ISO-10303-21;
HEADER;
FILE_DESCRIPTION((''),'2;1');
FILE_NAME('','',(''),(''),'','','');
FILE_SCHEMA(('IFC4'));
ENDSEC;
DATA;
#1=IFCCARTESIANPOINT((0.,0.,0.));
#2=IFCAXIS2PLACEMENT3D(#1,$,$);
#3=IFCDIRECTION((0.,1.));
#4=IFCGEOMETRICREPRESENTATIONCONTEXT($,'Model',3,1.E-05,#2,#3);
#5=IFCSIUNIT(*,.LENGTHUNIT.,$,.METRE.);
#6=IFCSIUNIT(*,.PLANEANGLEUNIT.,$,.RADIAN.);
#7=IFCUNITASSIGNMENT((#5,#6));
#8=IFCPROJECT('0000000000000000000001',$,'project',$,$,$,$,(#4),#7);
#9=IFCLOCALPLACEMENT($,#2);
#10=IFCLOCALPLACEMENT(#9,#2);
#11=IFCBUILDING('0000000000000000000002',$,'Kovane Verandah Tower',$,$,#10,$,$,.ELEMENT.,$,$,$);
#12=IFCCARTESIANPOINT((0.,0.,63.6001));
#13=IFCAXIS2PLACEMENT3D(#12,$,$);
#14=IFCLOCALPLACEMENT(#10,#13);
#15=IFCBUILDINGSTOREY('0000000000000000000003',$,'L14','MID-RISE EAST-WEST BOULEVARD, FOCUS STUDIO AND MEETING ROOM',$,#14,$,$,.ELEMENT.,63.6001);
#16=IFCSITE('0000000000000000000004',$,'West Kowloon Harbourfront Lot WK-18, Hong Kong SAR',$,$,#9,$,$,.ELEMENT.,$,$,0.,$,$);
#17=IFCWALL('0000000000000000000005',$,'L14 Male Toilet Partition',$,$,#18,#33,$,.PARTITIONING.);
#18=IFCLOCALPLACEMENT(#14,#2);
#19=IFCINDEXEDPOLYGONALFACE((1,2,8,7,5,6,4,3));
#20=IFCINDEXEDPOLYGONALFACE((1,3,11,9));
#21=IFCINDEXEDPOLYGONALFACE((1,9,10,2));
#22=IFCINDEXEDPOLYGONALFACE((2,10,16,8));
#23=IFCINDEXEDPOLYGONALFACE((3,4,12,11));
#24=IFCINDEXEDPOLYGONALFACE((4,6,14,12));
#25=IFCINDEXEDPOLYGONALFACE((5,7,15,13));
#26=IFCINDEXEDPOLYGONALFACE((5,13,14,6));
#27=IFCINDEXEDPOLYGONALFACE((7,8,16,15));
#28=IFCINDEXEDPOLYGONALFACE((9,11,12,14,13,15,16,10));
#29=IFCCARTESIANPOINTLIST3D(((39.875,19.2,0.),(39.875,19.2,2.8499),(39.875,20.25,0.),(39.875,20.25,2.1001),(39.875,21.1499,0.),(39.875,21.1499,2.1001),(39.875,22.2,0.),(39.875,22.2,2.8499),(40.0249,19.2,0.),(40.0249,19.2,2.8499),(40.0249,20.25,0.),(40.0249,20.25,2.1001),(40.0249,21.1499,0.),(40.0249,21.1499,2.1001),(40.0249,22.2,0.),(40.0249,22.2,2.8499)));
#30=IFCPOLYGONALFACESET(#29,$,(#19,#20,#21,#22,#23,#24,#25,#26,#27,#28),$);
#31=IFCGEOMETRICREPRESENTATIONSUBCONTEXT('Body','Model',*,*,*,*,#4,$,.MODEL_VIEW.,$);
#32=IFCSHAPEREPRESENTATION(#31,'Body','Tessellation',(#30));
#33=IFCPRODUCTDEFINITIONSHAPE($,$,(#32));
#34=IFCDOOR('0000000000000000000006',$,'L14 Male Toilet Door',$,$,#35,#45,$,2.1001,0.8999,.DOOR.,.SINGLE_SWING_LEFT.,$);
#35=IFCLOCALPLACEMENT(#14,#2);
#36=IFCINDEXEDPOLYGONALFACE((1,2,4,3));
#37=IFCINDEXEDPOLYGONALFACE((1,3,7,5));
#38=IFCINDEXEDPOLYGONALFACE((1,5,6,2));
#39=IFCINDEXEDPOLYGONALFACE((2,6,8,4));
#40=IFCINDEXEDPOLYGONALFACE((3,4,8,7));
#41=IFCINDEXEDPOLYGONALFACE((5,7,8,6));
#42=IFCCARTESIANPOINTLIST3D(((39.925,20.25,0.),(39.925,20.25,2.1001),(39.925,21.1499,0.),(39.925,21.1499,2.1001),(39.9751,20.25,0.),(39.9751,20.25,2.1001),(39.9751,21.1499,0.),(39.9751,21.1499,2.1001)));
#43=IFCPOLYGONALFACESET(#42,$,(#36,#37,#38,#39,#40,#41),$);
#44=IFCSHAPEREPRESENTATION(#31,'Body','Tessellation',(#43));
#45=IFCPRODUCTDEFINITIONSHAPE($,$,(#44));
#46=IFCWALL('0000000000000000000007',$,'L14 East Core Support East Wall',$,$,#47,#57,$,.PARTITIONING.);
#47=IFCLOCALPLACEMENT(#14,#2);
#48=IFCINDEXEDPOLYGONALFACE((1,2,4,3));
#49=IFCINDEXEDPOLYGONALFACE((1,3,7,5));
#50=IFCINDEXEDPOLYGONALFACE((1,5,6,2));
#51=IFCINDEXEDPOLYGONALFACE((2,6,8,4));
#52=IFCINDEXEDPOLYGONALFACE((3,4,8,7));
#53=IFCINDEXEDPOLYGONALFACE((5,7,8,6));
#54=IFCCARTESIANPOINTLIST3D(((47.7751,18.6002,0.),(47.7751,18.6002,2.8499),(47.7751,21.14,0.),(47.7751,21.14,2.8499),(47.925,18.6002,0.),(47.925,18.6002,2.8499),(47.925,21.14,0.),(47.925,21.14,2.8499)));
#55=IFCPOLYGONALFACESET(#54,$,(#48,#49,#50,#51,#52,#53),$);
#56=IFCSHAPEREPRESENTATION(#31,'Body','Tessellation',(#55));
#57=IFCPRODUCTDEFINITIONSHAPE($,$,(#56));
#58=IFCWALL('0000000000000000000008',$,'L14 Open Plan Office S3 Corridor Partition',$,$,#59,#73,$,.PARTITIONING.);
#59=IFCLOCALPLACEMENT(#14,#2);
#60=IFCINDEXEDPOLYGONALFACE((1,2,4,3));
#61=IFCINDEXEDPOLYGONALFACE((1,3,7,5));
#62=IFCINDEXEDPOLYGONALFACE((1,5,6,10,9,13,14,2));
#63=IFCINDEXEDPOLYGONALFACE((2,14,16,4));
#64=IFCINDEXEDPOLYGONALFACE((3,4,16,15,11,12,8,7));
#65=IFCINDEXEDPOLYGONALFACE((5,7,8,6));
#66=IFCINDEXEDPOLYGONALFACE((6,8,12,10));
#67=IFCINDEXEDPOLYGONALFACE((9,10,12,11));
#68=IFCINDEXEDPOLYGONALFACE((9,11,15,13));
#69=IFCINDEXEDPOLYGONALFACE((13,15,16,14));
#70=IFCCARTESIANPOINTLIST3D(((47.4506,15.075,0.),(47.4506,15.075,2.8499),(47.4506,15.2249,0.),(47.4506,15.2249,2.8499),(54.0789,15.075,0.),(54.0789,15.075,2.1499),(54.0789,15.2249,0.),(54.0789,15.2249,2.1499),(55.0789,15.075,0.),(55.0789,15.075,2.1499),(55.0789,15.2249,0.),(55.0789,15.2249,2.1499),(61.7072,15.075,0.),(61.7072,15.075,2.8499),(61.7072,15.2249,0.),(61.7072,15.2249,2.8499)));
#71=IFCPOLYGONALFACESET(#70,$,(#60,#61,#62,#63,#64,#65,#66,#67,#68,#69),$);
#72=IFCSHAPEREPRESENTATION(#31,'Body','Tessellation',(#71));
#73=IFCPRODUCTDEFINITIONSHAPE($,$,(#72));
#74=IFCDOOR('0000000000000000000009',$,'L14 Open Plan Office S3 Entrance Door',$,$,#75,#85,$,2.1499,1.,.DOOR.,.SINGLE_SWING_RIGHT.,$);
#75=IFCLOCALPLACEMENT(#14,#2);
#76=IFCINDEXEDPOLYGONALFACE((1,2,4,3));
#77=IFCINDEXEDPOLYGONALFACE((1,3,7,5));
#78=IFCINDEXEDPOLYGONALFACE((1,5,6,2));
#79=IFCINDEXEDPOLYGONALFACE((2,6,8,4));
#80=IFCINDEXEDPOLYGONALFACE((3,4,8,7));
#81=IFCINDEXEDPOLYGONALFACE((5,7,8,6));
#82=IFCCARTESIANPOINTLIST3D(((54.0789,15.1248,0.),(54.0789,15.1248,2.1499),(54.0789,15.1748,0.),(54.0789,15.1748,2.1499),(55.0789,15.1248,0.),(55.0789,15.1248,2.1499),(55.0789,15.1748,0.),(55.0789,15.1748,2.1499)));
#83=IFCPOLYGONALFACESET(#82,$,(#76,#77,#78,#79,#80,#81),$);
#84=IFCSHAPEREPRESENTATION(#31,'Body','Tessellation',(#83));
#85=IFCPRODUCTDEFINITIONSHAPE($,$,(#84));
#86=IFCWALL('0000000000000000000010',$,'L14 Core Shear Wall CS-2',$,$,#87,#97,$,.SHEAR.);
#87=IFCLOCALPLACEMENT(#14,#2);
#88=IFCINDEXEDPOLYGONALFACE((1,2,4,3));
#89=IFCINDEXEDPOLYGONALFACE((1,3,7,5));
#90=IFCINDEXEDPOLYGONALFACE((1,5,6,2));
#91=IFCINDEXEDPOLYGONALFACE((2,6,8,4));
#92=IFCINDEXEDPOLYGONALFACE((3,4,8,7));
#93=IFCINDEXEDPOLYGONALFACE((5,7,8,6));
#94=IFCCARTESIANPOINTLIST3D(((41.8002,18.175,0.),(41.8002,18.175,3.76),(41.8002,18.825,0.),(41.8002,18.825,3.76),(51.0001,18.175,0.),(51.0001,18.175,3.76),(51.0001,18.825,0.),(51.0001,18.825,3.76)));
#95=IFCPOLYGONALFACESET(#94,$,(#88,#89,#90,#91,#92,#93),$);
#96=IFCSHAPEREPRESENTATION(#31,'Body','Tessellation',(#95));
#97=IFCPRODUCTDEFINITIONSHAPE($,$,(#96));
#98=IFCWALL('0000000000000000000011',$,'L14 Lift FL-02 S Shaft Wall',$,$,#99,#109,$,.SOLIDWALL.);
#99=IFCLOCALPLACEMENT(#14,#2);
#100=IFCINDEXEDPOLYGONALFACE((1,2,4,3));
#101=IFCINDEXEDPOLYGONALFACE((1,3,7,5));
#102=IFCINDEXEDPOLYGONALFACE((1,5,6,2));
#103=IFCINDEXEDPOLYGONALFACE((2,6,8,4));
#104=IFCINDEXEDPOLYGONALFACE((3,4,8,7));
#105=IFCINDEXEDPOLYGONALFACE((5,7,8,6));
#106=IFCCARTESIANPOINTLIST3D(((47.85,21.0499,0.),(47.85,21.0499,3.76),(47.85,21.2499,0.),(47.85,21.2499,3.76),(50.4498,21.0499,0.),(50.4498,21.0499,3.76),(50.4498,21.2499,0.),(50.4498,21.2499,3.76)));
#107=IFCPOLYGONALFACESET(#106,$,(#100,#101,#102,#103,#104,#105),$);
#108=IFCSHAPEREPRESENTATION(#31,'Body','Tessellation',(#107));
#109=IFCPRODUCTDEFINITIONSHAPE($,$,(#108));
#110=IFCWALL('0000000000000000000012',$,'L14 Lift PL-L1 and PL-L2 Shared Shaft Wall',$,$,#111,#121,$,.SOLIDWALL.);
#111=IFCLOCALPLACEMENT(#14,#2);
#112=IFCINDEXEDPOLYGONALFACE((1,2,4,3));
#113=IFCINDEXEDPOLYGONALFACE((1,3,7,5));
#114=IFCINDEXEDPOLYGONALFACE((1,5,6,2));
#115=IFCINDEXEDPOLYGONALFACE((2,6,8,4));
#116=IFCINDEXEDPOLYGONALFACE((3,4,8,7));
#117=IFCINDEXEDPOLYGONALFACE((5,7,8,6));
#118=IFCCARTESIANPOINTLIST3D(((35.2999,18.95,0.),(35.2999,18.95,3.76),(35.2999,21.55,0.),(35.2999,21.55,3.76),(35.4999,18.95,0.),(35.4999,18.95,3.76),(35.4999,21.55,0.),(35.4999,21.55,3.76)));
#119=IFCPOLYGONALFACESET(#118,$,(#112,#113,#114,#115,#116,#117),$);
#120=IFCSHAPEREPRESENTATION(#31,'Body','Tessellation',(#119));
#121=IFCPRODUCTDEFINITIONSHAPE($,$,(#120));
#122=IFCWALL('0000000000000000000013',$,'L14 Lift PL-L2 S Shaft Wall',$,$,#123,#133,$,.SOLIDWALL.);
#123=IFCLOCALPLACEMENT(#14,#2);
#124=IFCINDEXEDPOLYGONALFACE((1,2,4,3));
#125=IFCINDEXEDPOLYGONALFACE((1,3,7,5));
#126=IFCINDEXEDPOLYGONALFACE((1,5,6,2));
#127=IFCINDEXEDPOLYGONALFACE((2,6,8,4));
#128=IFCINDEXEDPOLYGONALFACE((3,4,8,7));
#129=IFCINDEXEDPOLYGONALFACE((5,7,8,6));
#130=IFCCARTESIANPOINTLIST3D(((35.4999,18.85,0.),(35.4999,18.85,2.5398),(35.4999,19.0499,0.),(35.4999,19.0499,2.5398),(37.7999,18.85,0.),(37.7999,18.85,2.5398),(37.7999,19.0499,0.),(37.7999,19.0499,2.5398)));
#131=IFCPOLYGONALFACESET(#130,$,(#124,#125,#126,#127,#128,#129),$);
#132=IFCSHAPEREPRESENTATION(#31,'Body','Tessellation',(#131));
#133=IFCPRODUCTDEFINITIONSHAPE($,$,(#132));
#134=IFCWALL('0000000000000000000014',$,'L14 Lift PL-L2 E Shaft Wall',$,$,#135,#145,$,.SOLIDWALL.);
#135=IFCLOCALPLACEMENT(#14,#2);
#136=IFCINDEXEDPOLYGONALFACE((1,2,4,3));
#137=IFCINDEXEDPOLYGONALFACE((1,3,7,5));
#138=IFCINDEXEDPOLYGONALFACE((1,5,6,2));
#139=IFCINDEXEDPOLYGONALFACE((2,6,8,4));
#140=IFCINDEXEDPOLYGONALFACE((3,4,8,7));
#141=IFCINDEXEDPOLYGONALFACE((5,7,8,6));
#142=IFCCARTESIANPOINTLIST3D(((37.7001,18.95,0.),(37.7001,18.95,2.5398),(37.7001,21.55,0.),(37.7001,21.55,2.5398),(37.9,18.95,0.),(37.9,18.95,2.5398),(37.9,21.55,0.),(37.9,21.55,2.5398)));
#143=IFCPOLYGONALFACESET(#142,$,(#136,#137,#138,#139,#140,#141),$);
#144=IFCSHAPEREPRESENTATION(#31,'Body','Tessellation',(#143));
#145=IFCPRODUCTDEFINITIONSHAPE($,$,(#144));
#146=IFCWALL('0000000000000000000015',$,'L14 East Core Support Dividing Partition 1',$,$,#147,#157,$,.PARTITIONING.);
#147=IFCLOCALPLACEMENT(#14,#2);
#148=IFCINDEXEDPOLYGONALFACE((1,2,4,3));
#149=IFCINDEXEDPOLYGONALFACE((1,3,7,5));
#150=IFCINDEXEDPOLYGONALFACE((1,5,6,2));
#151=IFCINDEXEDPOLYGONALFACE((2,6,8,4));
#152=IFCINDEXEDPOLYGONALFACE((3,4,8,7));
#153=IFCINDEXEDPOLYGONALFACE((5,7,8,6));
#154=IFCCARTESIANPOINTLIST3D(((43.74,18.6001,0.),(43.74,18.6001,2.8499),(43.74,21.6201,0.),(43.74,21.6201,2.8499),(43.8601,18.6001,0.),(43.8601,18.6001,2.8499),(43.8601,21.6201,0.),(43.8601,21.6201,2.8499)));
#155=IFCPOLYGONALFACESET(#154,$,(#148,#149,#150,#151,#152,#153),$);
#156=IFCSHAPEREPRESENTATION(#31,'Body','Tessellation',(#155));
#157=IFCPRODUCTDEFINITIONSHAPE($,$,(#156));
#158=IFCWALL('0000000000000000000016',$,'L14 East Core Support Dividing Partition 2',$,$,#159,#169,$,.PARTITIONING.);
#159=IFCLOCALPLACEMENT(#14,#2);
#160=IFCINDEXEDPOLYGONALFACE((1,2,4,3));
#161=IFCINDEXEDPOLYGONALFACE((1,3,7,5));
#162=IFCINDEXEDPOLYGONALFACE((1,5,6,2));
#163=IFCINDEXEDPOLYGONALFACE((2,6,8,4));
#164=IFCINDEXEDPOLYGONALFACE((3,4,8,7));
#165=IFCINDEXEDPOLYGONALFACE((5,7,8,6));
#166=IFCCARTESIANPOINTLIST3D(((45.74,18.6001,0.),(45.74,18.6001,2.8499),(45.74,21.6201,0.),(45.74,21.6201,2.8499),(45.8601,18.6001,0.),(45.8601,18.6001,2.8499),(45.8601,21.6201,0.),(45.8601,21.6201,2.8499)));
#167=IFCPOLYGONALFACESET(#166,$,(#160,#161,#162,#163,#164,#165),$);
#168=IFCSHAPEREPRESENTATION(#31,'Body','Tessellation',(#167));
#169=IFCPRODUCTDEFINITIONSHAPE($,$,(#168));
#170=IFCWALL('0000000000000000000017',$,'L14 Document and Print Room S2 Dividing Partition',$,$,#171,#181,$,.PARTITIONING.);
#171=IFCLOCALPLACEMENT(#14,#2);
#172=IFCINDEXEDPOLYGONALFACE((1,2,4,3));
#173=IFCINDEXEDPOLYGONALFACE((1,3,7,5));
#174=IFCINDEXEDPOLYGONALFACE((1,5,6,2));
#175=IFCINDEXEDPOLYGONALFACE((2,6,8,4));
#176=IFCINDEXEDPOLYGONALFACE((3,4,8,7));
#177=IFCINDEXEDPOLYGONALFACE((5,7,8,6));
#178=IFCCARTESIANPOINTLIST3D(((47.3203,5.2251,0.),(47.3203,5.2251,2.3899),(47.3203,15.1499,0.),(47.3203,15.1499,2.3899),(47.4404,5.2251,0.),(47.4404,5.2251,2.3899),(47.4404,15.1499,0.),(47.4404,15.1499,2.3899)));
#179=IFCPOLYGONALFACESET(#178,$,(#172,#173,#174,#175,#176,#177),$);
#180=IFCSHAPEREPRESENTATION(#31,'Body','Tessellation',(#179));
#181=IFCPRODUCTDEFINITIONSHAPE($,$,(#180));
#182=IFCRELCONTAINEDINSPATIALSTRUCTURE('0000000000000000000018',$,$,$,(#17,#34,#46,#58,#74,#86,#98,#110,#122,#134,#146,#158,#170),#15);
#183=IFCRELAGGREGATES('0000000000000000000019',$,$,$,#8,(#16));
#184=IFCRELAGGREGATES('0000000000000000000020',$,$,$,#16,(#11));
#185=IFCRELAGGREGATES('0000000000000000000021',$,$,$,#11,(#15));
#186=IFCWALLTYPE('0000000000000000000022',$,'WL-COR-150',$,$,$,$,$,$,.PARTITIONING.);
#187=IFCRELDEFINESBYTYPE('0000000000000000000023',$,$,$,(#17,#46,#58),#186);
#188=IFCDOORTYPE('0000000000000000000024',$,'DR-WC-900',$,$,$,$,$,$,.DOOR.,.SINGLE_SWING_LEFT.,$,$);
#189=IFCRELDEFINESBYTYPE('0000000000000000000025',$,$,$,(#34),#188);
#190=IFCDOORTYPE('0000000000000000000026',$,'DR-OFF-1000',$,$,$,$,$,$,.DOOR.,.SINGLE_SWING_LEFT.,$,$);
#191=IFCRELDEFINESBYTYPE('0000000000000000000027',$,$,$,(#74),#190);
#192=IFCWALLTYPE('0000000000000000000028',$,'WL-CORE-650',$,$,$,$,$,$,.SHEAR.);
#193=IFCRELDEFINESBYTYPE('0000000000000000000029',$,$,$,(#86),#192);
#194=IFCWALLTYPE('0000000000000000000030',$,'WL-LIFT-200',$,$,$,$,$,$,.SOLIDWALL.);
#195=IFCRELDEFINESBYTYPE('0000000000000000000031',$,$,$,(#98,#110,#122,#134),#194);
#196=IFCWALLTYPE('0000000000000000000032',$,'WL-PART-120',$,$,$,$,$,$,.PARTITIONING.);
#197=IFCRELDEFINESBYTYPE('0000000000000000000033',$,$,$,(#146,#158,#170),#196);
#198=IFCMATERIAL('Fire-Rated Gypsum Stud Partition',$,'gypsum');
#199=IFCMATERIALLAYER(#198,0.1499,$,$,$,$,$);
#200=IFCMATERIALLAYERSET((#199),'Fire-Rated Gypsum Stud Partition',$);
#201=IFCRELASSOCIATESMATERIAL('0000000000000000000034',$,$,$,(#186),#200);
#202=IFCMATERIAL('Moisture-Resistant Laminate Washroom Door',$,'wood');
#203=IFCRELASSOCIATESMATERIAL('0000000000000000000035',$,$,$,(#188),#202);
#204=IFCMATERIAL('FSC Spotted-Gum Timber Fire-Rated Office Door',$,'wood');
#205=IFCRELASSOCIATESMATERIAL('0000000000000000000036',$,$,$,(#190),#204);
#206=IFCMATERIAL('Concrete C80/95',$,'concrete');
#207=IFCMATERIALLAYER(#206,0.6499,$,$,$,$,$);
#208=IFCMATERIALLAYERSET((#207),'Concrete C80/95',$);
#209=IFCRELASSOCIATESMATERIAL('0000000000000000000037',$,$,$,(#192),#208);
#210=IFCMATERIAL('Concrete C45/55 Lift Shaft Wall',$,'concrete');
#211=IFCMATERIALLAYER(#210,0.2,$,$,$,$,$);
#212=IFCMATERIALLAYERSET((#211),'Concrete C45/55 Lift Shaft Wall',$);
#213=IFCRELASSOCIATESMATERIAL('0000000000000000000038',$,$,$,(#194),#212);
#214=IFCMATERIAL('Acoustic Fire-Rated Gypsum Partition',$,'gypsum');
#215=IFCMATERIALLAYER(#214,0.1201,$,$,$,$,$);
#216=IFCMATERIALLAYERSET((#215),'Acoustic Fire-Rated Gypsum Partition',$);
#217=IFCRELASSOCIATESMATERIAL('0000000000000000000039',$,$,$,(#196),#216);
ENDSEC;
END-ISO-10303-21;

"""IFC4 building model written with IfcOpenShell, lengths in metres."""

from ifc_helpers import new_model, si_unit, direction, frame, frame_2d, origin, place, context, subcontext, project, spatial, rectangle, extrude, material, layer, layer_set, type_object, element, fill, save


model = new_model("IFC4")

# Units and contexts
model_context = context("Model", 3, precision=1e-05, world=origin(), true_north=direction((0.0, 1.0)))
body_context = subcontext(model_context, "Body", "Model", "MODEL_VIEW")
ifc_project = project(units=[si_unit("LENGTHUNIT", "METRE"), si_unit("PLANEANGLEUNIT", "RADIAN")], contexts=[model_context])

# Site, building, storey
site_placement = place(None, origin())
site = spatial("IfcSite", under=ifc_project, at=site_placement, Name="West Kowloon Harbourfront Lot WK-18, Hong Kong SAR", CompositionType="ELEMENT", RefElevation=0.0)
building_placement = place(site_placement, origin())
building = spatial("IfcBuilding", under=site, at=building_placement, Name="Kovane Verandah Tower", CompositionType="ELEMENT")
storey_placement = place(building_placement, frame((0.0, 0.0, 63.6001)))
storey = spatial("IfcBuildingStorey", under=building, at=storey_placement, Name="L14", Description="MID-RISE EAST-WEST BOULEVARD, FOCUS STUDIO AND MEETING ROOM", CompositionType="ELEMENT", Elevation=63.6001)

# Shared definitions
ifc_material_1 = material(Name="Concrete C80/95", Category="concrete")

# Shared definitions
ifc_material_2 = material(Name="Fire-Rated Gypsum Stud Partition", Category="gypsum")
ifc_layer_1 = layer(ifc_material_2, 0.1499)
ifc_layer_set_1 = layer_set([ifc_layer_1], Name="Fire-Rated Gypsum Stud Partition")
wall_type_1 = type_object("IfcWallType", Name="WL-COR-150", PredefinedType="PARTITIONING", material=ifc_layer_set_1)

# Wall, opening, door
wall_1_placement = place(storey_placement, frame((39.95, 19.2, 0.0), z_axis=(0.0, 0.0, 1.0), x_axis=(0.0, 1.0, 0.0)))
wall_1 = element("IfcWall", 1, at=wall_1_placement, inside=storey, type_object=wall_type_1, Name="L14 Male Toilet Partition", PredefinedType="PARTITIONING", context=body_context, shape_type="SweptSolid", body=[
    extrude(rectangle(XDim=3.0, YDim=0.1499, at=frame_2d((1.5, 0.0))), origin(), (0.0, 0.0, 1.0), 2.8499),
])
opening_1_placement = place(wall_1_placement, frame((1.05, 0.0, 0.0)))
opening_1 = element("IfcOpeningElement", 2, at=opening_1_placement, cuts=wall_1, PredefinedType="OPENING", context=body_context, shape_type="SweptSolid", body=[
    extrude(rectangle(XDim=0.8999, YDim=2.1001, at=frame_2d((0.45, 1.05))), frame((0.0, 0.075, 0.0), z_axis=(0.0, -1.0, 0.0), x_axis=(1.0, 0.0, 0.0)), (0.0, 0.0, 1.0), 0.1499),
])
ifc_material_3 = material(Name="Moisture-Resistant Laminate Washroom Door", Category="wood")
door_type_1 = type_object("IfcDoorType", Name="DR-WC-900", OperationType="SINGLE_SWING_LEFT", PredefinedType="DOOR", material=ifc_material_3)
door_1_placement = place(opening_1_placement, origin())
door_1 = element("IfcDoor", 3, at=door_1_placement, inside=storey, type_object=door_type_1, Name="L14 Male Toilet Door", OperationType="SINGLE_SWING_LEFT", OverallHeight=2.1001, OverallWidth=0.8999, PredefinedType="DOOR", context=body_context, shape_type="SweptSolid", body=[
    extrude(rectangle(XDim=0.8999, YDim=2.1001, at=frame_2d((0.45, 1.05))), frame((0.0, 0.0249, 0.0), z_axis=(0.0, -1.0, 0.0), x_axis=(1.0, 0.0, 0.0)), (0.0, 0.0, 1.0), 0.05),
])
fill(opening_1, door_1)

# Wall
wall_2_placement = place(storey_placement, frame((47.8501, 18.6001, 0.0), z_axis=(0.0, 0.0, 1.0), x_axis=(0.0, 1.0, 0.0)))
element("IfcWall", 4, at=wall_2_placement, inside=storey, type_object=wall_type_1, Name="L14 East Core Support East Wall", PredefinedType="PARTITIONING", context=body_context, shape_type="SweptSolid", body=[
    extrude(rectangle(XDim=2.5398, YDim=0.1499, at=frame_2d((1.27, 0.0))), origin(), (0.0, 0.0, 1.0), 2.8499),
])

# Wall, opening, door
wall_3_placement = place(storey_placement, frame((47.4504, 15.1499, 0.0), z_axis=(0.0, 0.0, 1.0), x_axis=(1.0, 0.0, 0.0)))
wall_3 = element("IfcWall", 5, at=wall_3_placement, inside=storey, type_object=wall_type_1, Name="L14 Open Plan Office S3 Corridor Partition", PredefinedType="PARTITIONING", context=body_context, shape_type="SweptSolid", body=[
    extrude(rectangle(XDim=14.2566, YDim=0.1499, at=frame_2d((7.1284, 0.0))), origin(), (0.0, 0.0, 1.0), 2.8499),
])
opening_2_placement = place(wall_3_placement, frame((6.6284, 0.0, 0.0)))
opening_2 = element("IfcOpeningElement", 6, at=opening_2_placement, cuts=wall_3, PredefinedType="OPENING", context=body_context, shape_type="SweptSolid", body=[
    extrude(rectangle(XDim=1.0, YDim=2.1499, at=frame_2d((0.5, 1.075))), frame((0.0, 0.075, 0.0), z_axis=(0.0, -1.0, 0.0), x_axis=(1.0, 0.0, 0.0)), (0.0, 0.0, 1.0), 0.1499),
])
ifc_material_4 = material(Name="FSC Spotted-Gum Timber Fire-Rated Office Door", Category="wood")
door_type_2 = type_object("IfcDoorType", Name="DR-OFF-1000", OperationType="SINGLE_SWING_LEFT", PredefinedType="DOOR", material=ifc_material_4)
door_2_placement = place(opening_2_placement, origin())
door_2 = element("IfcDoor", 7, at=door_2_placement, inside=storey, type_object=door_type_2, Name="L14 Open Plan Office S3 Entrance Door", OperationType="SINGLE_SWING_RIGHT", OverallHeight=2.1499, OverallWidth=1.0, PredefinedType="DOOR", context=body_context, shape_type="SweptSolid", body=[
    extrude(rectangle(XDim=1.0, YDim=2.1499, at=frame_2d((0.5, 1.075))), frame((0.0, 0.0249, 0.0), z_axis=(0.0, -1.0, 0.0), x_axis=(1.0, 0.0, 0.0)), (0.0, 0.0, 1.0), 0.05),
])
fill(opening_2, door_2)

# Walls
ifc_layer_2 = layer(ifc_material_1, 0.6499)
ifc_layer_set_2 = layer_set([ifc_layer_2], Name="Concrete C80/95")
wall_type_2 = type_object("IfcWallType", Name="WL-CORE-650", PredefinedType="SHEAR", material=ifc_layer_set_2)
wall_4_placement = place(storey_placement, frame((41.8, 18.5, 0.0), z_axis=(0.0, 0.0, 1.0), x_axis=(1.0, 0.0, 0.0)))
element("IfcWall", 8, at=wall_4_placement, inside=storey, type_object=wall_type_2, Name="L14 Core Shear Wall CS-2", PredefinedType="SHEAR", context=body_context, shape_type="SweptSolid", body=[
    extrude(rectangle(XDim=9.2, YDim=0.6499, at=frame_2d((4.6001, 0.0))), origin(), (0.0, 0.0, 1.0), 3.76),
])
ifc_material_5 = material(Name="Concrete C45/55 Lift Shaft Wall", Category="concrete")
ifc_layer_3 = layer(ifc_material_5, 0.2)
ifc_layer_set_3 = layer_set([ifc_layer_3], Name="Concrete C45/55 Lift Shaft Wall")
wall_type_3 = type_object("IfcWallType", Name="WL-LIFT-200", PredefinedType="SOLIDWALL", material=ifc_layer_set_3)
wall_5_placement = place(storey_placement, frame((47.8501, 21.1499, 0.0), z_axis=(0.0, 0.0, 1.0), x_axis=(1.0, 0.0, 0.0)))
element("IfcWall", 9, at=wall_5_placement, inside=storey, type_object=wall_type_3, Name="L14 Lift FL-02 S Shaft Wall", PredefinedType="SOLIDWALL", context=body_context, shape_type="SweptSolid", body=[
    extrude(rectangle(XDim=2.5999, YDim=0.2, at=frame_2d((1.2998, 0.0))), origin(), (0.0, 0.0, 1.0), 3.76),
])

# Walls
wall_6_placement = place(storey_placement, frame((35.3999, 18.95, 0.0), z_axis=(0.0, 0.0, 1.0), x_axis=(0.0, 1.0, 0.0)))
element("IfcWall", 10, at=wall_6_placement, inside=storey, type_object=wall_type_3, Name="L14 Lift PL-L1 and PL-L2 Shared Shaft Wall", PredefinedType="SOLIDWALL", context=body_context, shape_type="SweptSolid", body=[
    extrude(rectangle(XDim=2.6001, YDim=0.2, at=frame_2d((1.3, 0.0))), origin(), (0.0, 0.0, 1.0), 3.76),
])
wall_7_placement = place(storey_placement, frame((35.5, 18.95, 0.0), z_axis=(0.0, 0.0, 1.0), x_axis=(1.0, 0.0, 0.0)))
element("IfcWall", 11, at=wall_7_placement, inside=storey, type_object=wall_type_3, Name="L14 Lift PL-L2 S Shaft Wall", PredefinedType="SOLIDWALL", context=body_context, shape_type="SweptSolid", body=[
    extrude(rectangle(XDim=2.3, YDim=0.2, at=frame_2d((1.1499, 0.0))), origin(), (0.0, 0.0, 1.0), 2.5398),
])

# Walls
wall_8_placement = place(storey_placement, frame((37.8, 18.95, 0.0), z_axis=(0.0, 0.0, 1.0), x_axis=(0.0, 1.0, 0.0)))
element("IfcWall", 12, at=wall_8_placement, inside=storey, type_object=wall_type_3, Name="L14 Lift PL-L2 E Shaft Wall", PredefinedType="SOLIDWALL", context=body_context, shape_type="SweptSolid", body=[
    extrude(rectangle(XDim=2.6001, YDim=0.2, at=frame_2d((1.3, 0.0))), origin(), (0.0, 0.0, 1.0), 2.5398),
])
ifc_material_6 = material(Name="Acoustic Fire-Rated Gypsum Partition", Category="gypsum")
ifc_layer_4 = layer(ifc_material_6, 0.1201)
ifc_layer_set_4 = layer_set([ifc_layer_4], Name="Acoustic Fire-Rated Gypsum Partition")
wall_type_4 = type_object("IfcWallType", Name="WL-PART-120", PredefinedType="PARTITIONING", material=ifc_layer_set_4)
for number, where, z_axis, x_axis, name in (
    (13, (43.8, 18.6001, 0.0), (0.0, 0.0, 1.0), (0.0, 1.0, 0.0), "L14 East Core Support Dividing Partition 1"),
    (14, (45.8, 18.6001, 0.0), (0.0, 0.0, 1.0), (0.0, 1.0, 0.0), "L14 East Core Support Dividing Partition 2"),
):
    element("IfcWall", number, at=place(storey_placement, frame(where, z_axis=z_axis, x_axis=x_axis)), inside=storey, type_object=wall_type_4, Name=name, PredefinedType="PARTITIONING", context=body_context, shape_type="SweptSolid", body=[
        extrude(rectangle(XDim=3.02, YDim=0.1201, at=frame_2d((1.51, 0.0))), origin(), (0.0, 0.0, 1.0), 2.8499),
    ])
wall_9_placement = place(storey_placement, frame((47.3804, 5.2251, 0.0), z_axis=(0.0, 0.0, 1.0), x_axis=(0.0, 1.0, 0.0)))
element("IfcWall", 15, at=wall_9_placement, inside=storey, type_object=wall_type_4, Name="L14 Document and Print Room S2 Dividing Partition", PredefinedType="PARTITIONING", context=body_context, shape_type="SweptSolid", body=[
    extrude(rectangle(XDim=9.9248, YDim=0.1201, at=frame_2d((4.9624, 0.0))), origin(), (0.0, 0.0, 1.0), 2.3899),
])

save(model, "model.ifc")
